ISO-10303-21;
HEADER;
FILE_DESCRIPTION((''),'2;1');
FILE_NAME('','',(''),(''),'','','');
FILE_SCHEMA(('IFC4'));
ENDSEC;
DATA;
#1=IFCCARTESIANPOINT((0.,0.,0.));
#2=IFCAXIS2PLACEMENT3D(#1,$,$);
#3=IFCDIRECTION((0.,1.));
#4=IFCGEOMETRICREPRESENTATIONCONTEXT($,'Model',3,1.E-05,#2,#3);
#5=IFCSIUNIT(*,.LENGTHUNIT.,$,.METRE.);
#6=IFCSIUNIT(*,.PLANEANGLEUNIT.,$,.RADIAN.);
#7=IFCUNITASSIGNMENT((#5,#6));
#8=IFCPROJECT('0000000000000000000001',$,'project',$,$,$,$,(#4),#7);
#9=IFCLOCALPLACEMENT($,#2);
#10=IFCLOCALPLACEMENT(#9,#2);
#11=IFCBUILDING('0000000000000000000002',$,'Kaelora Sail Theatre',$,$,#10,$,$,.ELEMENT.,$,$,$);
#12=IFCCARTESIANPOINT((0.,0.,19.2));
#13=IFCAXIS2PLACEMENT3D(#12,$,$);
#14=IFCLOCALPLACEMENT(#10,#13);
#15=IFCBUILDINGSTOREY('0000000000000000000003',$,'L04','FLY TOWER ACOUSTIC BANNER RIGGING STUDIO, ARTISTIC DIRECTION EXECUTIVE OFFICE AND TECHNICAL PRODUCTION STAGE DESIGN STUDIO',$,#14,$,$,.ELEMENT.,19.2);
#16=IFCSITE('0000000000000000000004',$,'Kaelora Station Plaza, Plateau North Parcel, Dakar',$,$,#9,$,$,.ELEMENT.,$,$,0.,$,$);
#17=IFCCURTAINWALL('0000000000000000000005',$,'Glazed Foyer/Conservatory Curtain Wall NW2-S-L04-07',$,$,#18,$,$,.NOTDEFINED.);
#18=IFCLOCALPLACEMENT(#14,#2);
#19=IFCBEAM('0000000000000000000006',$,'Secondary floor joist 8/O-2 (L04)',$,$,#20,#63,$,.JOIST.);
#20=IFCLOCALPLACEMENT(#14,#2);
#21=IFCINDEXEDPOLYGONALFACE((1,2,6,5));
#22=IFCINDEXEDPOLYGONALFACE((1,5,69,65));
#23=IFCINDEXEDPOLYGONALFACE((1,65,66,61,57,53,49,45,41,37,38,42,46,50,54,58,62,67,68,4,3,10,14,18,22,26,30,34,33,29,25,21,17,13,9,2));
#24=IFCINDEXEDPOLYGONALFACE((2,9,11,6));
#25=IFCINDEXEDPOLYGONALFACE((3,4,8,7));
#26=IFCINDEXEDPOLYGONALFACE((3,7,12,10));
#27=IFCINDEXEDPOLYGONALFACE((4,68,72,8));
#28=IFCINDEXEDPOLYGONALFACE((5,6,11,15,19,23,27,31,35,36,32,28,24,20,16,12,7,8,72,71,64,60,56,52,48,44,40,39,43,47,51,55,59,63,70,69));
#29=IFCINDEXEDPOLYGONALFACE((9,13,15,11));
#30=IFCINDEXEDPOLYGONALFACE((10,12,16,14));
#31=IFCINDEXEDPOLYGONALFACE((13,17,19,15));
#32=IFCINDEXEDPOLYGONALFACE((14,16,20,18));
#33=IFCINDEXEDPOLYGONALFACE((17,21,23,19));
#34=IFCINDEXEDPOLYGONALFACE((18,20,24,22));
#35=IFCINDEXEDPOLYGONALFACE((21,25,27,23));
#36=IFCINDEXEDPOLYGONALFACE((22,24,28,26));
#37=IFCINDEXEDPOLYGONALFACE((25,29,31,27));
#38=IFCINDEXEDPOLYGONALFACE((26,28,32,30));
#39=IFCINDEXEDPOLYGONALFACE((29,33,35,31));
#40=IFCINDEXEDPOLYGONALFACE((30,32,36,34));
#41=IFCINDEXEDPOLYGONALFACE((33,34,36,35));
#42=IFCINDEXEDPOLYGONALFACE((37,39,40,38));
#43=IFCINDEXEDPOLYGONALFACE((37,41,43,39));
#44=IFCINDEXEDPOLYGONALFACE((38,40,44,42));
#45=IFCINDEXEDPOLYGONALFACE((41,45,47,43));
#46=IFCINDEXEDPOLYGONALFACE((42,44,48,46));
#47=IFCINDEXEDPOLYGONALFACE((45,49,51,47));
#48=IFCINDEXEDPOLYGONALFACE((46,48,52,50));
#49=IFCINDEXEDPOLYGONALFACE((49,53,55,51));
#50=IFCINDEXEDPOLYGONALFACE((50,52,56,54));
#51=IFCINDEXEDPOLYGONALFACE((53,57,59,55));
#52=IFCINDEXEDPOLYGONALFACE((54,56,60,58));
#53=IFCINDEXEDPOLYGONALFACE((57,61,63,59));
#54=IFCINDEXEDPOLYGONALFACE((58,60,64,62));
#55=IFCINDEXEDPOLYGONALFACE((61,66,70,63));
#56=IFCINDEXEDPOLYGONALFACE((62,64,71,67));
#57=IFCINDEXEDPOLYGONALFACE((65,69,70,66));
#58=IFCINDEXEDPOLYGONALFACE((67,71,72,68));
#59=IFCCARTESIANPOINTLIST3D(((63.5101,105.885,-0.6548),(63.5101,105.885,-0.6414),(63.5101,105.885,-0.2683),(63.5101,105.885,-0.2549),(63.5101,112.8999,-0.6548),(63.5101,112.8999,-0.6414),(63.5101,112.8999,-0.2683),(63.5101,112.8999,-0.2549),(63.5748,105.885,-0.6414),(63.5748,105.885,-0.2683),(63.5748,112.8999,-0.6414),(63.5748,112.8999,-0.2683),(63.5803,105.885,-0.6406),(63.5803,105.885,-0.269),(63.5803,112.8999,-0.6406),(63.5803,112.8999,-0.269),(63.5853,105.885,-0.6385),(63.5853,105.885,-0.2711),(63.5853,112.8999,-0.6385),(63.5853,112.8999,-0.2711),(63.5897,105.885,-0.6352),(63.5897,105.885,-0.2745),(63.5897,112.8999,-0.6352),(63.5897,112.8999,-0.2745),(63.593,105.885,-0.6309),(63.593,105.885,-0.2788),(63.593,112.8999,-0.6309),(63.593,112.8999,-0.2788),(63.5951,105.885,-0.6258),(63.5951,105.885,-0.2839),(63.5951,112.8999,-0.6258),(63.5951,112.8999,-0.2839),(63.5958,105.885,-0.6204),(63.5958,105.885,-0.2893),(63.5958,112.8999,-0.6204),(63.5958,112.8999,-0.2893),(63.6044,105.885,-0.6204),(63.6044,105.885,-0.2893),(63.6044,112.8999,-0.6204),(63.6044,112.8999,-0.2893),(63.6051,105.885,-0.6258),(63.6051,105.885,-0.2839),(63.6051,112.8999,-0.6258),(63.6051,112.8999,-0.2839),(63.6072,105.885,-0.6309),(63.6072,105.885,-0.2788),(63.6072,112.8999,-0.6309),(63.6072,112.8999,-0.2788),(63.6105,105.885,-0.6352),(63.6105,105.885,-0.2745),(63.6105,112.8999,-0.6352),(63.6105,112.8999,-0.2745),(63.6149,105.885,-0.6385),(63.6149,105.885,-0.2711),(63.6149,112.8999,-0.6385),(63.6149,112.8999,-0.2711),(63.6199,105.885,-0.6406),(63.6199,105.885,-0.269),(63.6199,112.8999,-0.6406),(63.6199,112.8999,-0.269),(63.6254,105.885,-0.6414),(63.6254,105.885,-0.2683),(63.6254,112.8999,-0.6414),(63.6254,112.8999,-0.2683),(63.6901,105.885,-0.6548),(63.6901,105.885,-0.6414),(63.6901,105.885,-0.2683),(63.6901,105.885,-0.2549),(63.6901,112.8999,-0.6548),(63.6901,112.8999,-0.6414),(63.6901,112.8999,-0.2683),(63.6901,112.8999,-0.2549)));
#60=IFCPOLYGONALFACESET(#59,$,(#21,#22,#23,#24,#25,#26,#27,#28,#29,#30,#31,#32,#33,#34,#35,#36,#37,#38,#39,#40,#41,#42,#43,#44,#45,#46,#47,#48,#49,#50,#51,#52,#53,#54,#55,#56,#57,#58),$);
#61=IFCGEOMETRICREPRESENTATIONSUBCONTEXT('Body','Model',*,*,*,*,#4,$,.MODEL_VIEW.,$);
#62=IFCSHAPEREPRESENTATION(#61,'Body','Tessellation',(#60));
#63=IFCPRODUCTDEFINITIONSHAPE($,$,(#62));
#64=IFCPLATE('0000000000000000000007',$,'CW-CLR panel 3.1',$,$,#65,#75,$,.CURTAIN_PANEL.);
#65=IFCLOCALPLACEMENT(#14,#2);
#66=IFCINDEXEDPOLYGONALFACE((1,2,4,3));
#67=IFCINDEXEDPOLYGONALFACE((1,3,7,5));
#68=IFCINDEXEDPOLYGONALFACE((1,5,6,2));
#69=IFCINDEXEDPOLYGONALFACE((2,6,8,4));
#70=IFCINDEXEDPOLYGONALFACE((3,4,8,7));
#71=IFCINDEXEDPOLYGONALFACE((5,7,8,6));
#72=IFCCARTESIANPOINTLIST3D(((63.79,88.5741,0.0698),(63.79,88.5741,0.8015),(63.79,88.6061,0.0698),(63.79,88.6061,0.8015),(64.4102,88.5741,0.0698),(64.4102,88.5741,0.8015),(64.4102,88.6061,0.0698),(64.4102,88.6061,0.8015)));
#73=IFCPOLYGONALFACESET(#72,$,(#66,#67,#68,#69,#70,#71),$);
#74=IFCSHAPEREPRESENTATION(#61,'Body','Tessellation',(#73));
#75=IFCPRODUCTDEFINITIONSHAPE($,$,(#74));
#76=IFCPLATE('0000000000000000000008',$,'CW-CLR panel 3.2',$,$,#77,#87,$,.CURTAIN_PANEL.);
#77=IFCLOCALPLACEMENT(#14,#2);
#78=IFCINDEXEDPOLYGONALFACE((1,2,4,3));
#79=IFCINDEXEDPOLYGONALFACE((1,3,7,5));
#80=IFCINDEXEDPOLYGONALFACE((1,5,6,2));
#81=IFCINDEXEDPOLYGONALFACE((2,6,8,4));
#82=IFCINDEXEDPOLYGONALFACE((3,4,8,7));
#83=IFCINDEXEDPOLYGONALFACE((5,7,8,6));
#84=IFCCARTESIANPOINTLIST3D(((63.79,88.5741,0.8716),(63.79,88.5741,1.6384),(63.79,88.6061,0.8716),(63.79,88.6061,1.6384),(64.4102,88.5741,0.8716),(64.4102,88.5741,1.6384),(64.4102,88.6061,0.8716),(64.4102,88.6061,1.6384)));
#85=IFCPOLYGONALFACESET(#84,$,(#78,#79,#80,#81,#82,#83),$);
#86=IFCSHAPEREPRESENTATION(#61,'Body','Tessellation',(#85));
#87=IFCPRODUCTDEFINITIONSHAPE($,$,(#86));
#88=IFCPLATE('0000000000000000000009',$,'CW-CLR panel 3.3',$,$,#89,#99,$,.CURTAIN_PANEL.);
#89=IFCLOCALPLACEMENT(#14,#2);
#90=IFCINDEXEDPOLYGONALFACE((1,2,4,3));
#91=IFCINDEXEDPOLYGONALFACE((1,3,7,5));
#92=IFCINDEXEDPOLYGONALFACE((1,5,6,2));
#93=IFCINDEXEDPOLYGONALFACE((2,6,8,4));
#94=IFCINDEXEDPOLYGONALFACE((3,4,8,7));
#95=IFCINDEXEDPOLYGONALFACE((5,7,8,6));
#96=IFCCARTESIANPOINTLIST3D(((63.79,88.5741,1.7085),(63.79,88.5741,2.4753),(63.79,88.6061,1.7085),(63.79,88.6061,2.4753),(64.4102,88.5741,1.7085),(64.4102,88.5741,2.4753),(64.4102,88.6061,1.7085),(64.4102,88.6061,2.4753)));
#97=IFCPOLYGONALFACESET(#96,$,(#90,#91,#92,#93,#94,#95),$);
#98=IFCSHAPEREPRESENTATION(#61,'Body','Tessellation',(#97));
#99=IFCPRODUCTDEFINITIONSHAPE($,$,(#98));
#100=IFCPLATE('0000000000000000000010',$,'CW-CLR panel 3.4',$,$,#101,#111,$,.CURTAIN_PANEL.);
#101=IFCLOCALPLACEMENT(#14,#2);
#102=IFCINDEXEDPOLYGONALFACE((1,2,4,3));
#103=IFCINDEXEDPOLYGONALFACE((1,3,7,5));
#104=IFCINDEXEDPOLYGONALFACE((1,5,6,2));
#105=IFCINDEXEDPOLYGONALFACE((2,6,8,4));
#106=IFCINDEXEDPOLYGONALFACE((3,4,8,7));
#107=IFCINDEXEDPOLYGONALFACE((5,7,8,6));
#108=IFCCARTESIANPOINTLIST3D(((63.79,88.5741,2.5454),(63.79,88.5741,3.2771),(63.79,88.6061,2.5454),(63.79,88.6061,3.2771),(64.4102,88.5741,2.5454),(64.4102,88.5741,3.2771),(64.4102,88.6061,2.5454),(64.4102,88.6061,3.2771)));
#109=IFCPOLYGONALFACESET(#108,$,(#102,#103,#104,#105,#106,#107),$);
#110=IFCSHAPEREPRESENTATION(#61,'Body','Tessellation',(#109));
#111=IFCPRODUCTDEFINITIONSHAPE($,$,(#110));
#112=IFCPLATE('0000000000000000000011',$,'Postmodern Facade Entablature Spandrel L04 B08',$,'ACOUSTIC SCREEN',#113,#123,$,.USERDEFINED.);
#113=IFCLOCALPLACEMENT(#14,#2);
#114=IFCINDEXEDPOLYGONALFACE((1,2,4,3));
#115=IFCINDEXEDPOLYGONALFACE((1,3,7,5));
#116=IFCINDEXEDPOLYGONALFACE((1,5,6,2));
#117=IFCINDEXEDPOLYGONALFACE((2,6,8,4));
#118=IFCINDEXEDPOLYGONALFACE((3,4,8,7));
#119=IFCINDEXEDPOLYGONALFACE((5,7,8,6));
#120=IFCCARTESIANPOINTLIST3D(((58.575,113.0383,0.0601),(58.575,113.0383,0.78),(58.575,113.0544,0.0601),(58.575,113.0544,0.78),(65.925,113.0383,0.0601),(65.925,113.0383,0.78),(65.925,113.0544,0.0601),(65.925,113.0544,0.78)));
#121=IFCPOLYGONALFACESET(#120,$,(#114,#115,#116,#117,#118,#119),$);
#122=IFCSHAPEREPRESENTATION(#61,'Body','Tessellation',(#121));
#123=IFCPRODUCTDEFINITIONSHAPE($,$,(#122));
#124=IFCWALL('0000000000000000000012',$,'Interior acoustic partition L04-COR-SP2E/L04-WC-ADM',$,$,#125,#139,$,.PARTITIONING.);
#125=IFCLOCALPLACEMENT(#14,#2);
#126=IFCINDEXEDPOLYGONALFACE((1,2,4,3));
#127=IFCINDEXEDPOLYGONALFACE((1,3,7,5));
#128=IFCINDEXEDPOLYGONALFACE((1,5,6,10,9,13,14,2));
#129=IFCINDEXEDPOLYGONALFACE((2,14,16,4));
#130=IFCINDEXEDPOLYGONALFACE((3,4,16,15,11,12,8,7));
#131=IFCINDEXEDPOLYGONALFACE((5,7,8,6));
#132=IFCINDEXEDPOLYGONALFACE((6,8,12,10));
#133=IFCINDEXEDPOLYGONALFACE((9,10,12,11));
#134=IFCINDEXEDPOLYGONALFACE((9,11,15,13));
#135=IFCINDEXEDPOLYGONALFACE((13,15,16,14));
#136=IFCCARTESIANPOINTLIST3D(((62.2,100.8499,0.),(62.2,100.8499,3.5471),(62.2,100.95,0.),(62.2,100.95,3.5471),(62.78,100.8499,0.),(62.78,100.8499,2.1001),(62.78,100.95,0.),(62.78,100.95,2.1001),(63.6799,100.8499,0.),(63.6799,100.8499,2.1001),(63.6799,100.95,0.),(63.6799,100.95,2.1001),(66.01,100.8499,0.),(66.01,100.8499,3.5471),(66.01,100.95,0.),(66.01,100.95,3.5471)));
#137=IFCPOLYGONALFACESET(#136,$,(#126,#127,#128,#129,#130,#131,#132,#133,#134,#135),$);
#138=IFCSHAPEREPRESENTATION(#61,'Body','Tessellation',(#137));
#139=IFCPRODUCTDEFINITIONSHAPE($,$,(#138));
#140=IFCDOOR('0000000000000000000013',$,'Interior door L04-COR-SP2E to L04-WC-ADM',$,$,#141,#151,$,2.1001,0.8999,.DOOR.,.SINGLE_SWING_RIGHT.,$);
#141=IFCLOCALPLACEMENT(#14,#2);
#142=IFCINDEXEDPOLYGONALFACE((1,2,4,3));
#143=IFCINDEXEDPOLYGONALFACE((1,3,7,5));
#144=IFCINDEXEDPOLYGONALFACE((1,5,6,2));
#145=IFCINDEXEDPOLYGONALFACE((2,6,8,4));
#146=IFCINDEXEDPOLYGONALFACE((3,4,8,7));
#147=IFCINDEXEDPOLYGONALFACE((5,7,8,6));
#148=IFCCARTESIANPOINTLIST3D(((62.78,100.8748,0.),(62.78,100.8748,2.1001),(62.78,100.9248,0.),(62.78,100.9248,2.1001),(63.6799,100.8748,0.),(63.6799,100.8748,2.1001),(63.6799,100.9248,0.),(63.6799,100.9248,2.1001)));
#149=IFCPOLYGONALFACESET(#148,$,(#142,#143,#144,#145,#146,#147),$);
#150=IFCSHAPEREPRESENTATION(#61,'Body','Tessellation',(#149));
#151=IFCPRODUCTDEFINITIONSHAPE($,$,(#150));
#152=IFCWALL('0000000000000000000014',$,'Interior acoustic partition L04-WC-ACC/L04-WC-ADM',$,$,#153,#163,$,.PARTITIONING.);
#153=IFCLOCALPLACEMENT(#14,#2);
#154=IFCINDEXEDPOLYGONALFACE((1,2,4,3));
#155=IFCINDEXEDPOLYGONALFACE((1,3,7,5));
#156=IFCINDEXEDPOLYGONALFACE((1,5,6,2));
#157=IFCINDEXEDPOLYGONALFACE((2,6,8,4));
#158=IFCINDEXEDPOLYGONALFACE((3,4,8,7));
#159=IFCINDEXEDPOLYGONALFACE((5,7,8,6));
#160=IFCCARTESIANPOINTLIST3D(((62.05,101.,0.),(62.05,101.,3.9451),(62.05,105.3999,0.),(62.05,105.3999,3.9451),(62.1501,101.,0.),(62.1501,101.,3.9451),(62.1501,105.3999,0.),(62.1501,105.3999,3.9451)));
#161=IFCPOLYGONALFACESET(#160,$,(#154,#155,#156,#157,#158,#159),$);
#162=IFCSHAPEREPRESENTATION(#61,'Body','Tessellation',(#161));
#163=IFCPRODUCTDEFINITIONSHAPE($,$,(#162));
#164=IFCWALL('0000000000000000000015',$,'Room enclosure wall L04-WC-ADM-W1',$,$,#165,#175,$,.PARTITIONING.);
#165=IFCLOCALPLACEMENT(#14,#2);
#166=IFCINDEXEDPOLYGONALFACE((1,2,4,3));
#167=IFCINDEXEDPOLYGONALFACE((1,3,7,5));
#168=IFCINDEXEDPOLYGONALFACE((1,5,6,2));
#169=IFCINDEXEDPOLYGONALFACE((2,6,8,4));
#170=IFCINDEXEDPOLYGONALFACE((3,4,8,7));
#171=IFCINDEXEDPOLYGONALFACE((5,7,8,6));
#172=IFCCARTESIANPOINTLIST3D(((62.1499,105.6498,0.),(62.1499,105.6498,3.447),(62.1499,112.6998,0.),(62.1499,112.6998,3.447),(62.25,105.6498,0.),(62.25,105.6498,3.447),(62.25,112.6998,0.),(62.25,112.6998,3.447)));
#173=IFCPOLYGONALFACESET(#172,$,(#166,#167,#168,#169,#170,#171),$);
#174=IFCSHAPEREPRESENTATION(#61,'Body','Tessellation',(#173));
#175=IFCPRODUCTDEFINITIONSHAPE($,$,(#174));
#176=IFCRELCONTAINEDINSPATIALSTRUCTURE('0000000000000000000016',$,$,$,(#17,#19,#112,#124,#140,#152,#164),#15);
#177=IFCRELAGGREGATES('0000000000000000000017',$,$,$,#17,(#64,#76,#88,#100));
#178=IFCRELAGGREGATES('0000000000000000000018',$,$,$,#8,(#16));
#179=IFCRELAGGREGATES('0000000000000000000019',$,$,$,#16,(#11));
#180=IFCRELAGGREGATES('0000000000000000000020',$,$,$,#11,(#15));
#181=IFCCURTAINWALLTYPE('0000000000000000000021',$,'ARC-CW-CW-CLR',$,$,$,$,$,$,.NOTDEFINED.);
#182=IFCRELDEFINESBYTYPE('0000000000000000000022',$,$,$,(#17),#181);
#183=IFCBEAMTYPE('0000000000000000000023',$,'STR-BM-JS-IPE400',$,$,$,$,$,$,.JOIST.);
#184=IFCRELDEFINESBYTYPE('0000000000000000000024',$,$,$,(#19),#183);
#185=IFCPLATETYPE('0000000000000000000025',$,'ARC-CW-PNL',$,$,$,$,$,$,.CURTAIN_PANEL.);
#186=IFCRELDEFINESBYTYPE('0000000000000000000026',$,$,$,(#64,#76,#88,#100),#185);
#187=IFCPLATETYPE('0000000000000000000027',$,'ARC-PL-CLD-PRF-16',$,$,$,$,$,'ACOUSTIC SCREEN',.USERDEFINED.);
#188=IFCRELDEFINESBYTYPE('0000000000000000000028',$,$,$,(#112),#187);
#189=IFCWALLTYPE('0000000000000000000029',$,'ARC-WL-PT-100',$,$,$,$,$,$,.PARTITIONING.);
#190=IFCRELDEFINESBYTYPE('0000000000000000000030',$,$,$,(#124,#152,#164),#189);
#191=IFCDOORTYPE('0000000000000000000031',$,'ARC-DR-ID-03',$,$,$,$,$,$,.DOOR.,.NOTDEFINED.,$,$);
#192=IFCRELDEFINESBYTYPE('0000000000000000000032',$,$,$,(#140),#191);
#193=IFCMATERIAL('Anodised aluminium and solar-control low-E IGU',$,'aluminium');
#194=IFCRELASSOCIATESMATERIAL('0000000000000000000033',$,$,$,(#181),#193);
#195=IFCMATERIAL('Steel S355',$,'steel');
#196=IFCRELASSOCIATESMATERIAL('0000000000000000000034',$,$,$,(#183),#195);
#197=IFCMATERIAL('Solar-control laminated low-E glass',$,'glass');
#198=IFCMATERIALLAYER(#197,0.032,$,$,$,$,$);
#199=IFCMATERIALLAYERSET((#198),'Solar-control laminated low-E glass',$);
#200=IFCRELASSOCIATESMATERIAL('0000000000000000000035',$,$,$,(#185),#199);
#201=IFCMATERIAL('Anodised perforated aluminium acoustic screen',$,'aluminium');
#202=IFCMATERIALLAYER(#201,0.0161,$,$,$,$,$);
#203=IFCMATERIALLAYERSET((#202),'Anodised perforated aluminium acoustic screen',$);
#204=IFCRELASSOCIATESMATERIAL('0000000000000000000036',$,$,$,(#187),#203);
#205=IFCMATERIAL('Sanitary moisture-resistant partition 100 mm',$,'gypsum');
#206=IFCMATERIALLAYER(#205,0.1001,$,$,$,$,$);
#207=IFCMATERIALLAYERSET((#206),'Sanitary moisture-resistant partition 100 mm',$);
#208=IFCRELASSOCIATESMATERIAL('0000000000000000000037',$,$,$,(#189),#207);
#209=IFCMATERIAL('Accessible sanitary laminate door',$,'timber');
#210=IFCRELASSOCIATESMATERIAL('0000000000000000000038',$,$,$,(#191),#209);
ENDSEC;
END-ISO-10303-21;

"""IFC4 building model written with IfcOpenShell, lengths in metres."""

from ifc_helpers import new_model, si_unit, direction, frame, frame_2d, origin, origin_2d, place, context, subcontext, project, spatial, rectangle, i_section, extrude, material, layer, layer_set, material_profile, profile_set, type_object, element, fill, aggregate, save


model = new_model("IFC4")

# Units and contexts
model_context = context("Model", 3, precision=1e-05, world=origin(), true_north=direction((0.0, 1.0)))
body_context = subcontext(model_context, "Body", "Model", "MODEL_VIEW")
ifc_project = project(units=[si_unit("LENGTHUNIT", "METRE"), si_unit("PLANEANGLEUNIT", "RADIAN")], contexts=[model_context])

# Site, building, storey
site_placement = place(None, origin())
site = spatial("IfcSite", under=ifc_project, at=site_placement, Name="Kaelora Station Plaza, Plateau North Parcel, Dakar", CompositionType="ELEMENT", RefElevation=0.0)
building_placement = place(site_placement, origin())
building = spatial("IfcBuilding", under=site, at=building_placement, Name="Kaelora Sail Theatre", CompositionType="ELEMENT")
storey_placement = place(building_placement, frame((0.0, 0.0, 19.2)))
storey = spatial("IfcBuildingStorey", under=building, at=storey_placement, Name="L04", Description="FLY TOWER ACOUSTIC BANNER RIGGING STUDIO, ARTISTIC DIRECTION EXECUTIVE OFFICE AND TECHNICAL PRODUCTION STAGE DESIGN STUDIO", CompositionType="ELEMENT", Elevation=19.2)

# Curtain wall
ifc_material_1 = material(Name="Anodised aluminium and solar-control low-E IGU", Category="aluminium")
curtain_wall_type = type_object("IfcCurtainWallType", Name="ARC-CW-CW-CLR", PredefinedType="NOTDEFINED", material=ifc_material_1)
curtain_wall_placement = place(storey_placement, origin())
curtain_wall = element("IfcCurtainWall", 1, at=curtain_wall_placement, inside=storey, type_object=curtain_wall_type, Name="Glazed Foyer/Conservatory Curtain Wall NW2-S-L04-07", PredefinedType="NOTDEFINED")

# Beam
ifc_material_2 = material(Name="Steel S355", Category="steel")
ifc_material_profile_1 = material_profile(ifc_material_2, i_section(OverallWidth=0.1799, OverallDepth=0.3999, WebThickness=0.0085, FlangeThickness=0.0134, FilletRadius=0.021, at=origin_2d()), Name="IPE 400")
ifc_profile_set_1 = profile_set([ifc_material_profile_1], Name="Steel S355")
beam_type_1 = type_object("IfcBeamType", Name="STR-BM-JS-IPE400", PredefinedType="JOIST", material=ifc_profile_set_1)
beam_1_placement = place(storey_placement, frame((63.6001, 105.885, -0.4548), z_axis=(0.0, 1.0, 0.0), x_axis=(-1.0, 0.0, 0.0)))
element("IfcBeam", 2, at=beam_1_placement, inside=storey, type_object=beam_type_1, Name="Secondary floor joist 8/O-2 (L04)", PredefinedType="JOIST", context=body_context, shape_type="SweptSolid", body=[
    extrude(i_section(OverallWidth=0.1799, OverallDepth=0.3999, WebThickness=0.0085, FlangeThickness=0.0134, FilletRadius=0.021, at=origin_2d()), origin(), (0.0, 0.0, 1.0), 7.0149),
])

# Plates
ifc_material_3 = material(Name="Solar-control laminated low-E glass", Category="glass")
ifc_layer_1 = layer(ifc_material_3, 0.032)
ifc_layer_set_1 = layer_set([ifc_layer_1], Name="Solar-control laminated low-E glass")
plate_type_1 = type_object("IfcPlateType", Name="ARC-CW-PNL", PredefinedType="CURTAIN_PANEL", material=ifc_layer_set_1)
plate_1_placement = place(storey_placement, frame((64.1001, 88.5901, 0.0698), z_axis=(0.0, 0.0, 1.0), x_axis=(1.0, 0.0, 0.0)))
plate_1 = element("IfcPlate", 3, at=plate_1_placement, type_object=plate_type_1, Name="CW-CLR panel 3.1", PredefinedType="CURTAIN_PANEL", context=body_context, shape_type="SweptSolid", body=[
    extrude(rectangle(XDim=0.6201, YDim=0.032, at=origin_2d()), origin(), (0.0, 0.0, 1.0), 0.7317),
])
plate_2_placement = place(storey_placement, frame((64.1001, 88.5901, 0.8716), z_axis=(0.0, 0.0, 1.0), x_axis=(1.0, 0.0, 0.0)))
plate_2 = element("IfcPlate", 4, at=plate_2_placement, type_object=plate_type_1, Name="CW-CLR panel 3.2", PredefinedType="CURTAIN_PANEL", context=body_context, shape_type="SweptSolid", body=[
    extrude(rectangle(XDim=0.6201, YDim=0.032, at=origin_2d()), origin(), (0.0, 0.0, 1.0), 0.7668),
])
plate_3_placement = place(storey_placement, frame((64.1001, 88.5901, 1.7085), z_axis=(0.0, 0.0, 1.0), x_axis=(1.0, 0.0, 0.0)))
plate_3 = element("IfcPlate", 5, at=plate_3_placement, type_object=plate_type_1, Name="CW-CLR panel 3.3", PredefinedType="CURTAIN_PANEL", context=body_context, shape_type="SweptSolid", body=[
    extrude(rectangle(XDim=0.6201, YDim=0.032, at=origin_2d()), origin(), (0.0, 0.0, 1.0), 0.7668),
])
plate_4_placement = place(storey_placement, frame((64.1001, 88.5901, 2.5454), z_axis=(0.0, 0.0, 1.0), x_axis=(1.0, 0.0, 0.0)))
plate_4 = element("IfcPlate", 6, at=plate_4_placement, type_object=plate_type_1, Name="CW-CLR panel 3.4", PredefinedType="CURTAIN_PANEL", context=body_context, shape_type="SweptSolid", body=[
    extrude(rectangle(XDim=0.6201, YDim=0.032, at=origin_2d()), origin(), (0.0, 0.0, 1.0), 0.7317),
])
aggregate(curtain_wall, [plate_1, plate_2, plate_3, plate_4])
ifc_material_4 = material(Name="Anodised perforated aluminium acoustic screen", Category="aluminium")
ifc_layer_2 = layer(ifc_material_4, 0.0161)
ifc_layer_set_2 = layer_set([ifc_layer_2], Name="Anodised perforated aluminium acoustic screen")
plate_type_2 = type_object("IfcPlateType", Name="ARC-PL-CLD-PRF-16", ElementType="ACOUSTIC SCREEN", PredefinedType="USERDEFINED", material=ifc_layer_set_2)
plate_5_placement = place(storey_placement, frame((62.25, 113.0464, 0.0601), z_axis=(0.0, 0.0, 1.0), x_axis=(1.0, 0.0, 0.0)))
element("IfcPlate", 7, at=plate_5_placement, inside=storey, type_object=plate_type_2, Name="Postmodern Facade Entablature Spandrel L04 B08", ObjectType="ACOUSTIC SCREEN", PredefinedType="USERDEFINED", context=body_context, shape_type="SweptSolid", body=[
    extrude(rectangle(XDim=7.3501, YDim=0.0161, at=origin_2d()), origin(), (0.0, 0.0, 1.0), 0.72),
])

# Wall, opening, door
ifc_material_5 = material(Name="Sanitary moisture-resistant partition 100 mm", Category="gypsum")
ifc_layer_3 = layer(ifc_material_5, 0.1001)
ifc_layer_set_3 = layer_set([ifc_layer_3], Name="Sanitary moisture-resistant partition 100 mm")
wall_type_1 = type_object("IfcWallType", Name="ARC-WL-PT-100", PredefinedType="PARTITIONING", material=ifc_layer_set_3)
wall_1_placement = place(storey_placement, frame((62.2, 100.8999, 0.0), z_axis=(0.0, 0.0, 1.0), x_axis=(1.0, 0.0, 0.0)))
wall_1 = element("IfcWall", 8, at=wall_1_placement, inside=storey, type_object=wall_type_1, Name="Interior acoustic partition L04-COR-SP2E/L04-WC-ADM", PredefinedType="PARTITIONING", context=body_context, shape_type="SweptSolid", body=[
    extrude(rectangle(XDim=3.8101, YDim=0.1001, at=frame_2d((1.905, 0.0))), origin(), (0.0, 0.0, 1.0), 3.5471),
])
opening_placement = place(wall_1_placement, frame((0.5801, 0.0, 0.0)))
opening = element("IfcOpeningElement", 9, at=opening_placement, cuts=wall_1, PredefinedType="OPENING", context=body_context, shape_type="SweptSolid", body=[
    extrude(rectangle(XDim=0.8999, YDim=2.1001, at=frame_2d((0.45, 1.05))), frame((0.0, 0.06, 0.0), z_axis=(0.0, -1.0, 0.0), x_axis=(1.0, 0.0, 0.0)), (0.0, 0.0, 1.0), 0.1201),
])
ifc_material_6 = material(Name="Accessible sanitary laminate door", Category="timber")
door_type = type_object("IfcDoorType", Name="ARC-DR-ID-03", OperationType="NOTDEFINED", PredefinedType="DOOR", material=ifc_material_6)
door_placement = place(opening_placement, origin())
door = element("IfcDoor", 10, at=door_placement, inside=storey, type_object=door_type, Name="Interior door L04-COR-SP2E to L04-WC-ADM", OperationType="SINGLE_SWING_RIGHT", OverallHeight=2.1001, OverallWidth=0.8999, PredefinedType="DOOR", context=body_context, shape_type="SweptSolid", body=[
    extrude(rectangle(XDim=0.8999, YDim=2.1001, at=frame_2d((0.45, 1.05))), frame((0.0, 0.0249, 0.0), z_axis=(0.0, -1.0, 0.0), x_axis=(1.0, 0.0, 0.0)), (0.0, 0.0, 1.0), 0.05),
])
fill(opening, door)

# Walls
wall_2_placement = place(storey_placement, frame((62.1001, 101.0, 0.0), z_axis=(0.0, 0.0, 1.0), x_axis=(0.0, 1.0, 0.0)))
element("IfcWall", 11, at=wall_2_placement, inside=storey, type_object=wall_type_1, Name="Interior acoustic partition L04-WC-ACC/L04-WC-ADM", PredefinedType="PARTITIONING", context=body_context, shape_type="SweptSolid", body=[
    extrude(rectangle(XDim=4.3999, YDim=0.1001, at=frame_2d((2.2, 0.0))), origin(), (0.0, 0.0, 1.0), 3.9451),
])
wall_3_placement = place(storey_placement, frame((62.2, 105.6499, 0.0), z_axis=(0.0, 0.0, 1.0), x_axis=(0.0, 1.0, 0.0)))
element("IfcWall", 12, at=wall_3_placement, inside=storey, type_object=wall_type_1, Name="Room enclosure wall L04-WC-ADM-W1", PredefinedType="PARTITIONING", context=body_context, shape_type="SweptSolid", body=[
    extrude(rectangle(XDim=7.05, YDim=0.1001, at=frame_2d((3.5249, 0.0))), origin(), (0.0, 0.0, 1.0), 3.447),
])

save(model, "model.ifc")
